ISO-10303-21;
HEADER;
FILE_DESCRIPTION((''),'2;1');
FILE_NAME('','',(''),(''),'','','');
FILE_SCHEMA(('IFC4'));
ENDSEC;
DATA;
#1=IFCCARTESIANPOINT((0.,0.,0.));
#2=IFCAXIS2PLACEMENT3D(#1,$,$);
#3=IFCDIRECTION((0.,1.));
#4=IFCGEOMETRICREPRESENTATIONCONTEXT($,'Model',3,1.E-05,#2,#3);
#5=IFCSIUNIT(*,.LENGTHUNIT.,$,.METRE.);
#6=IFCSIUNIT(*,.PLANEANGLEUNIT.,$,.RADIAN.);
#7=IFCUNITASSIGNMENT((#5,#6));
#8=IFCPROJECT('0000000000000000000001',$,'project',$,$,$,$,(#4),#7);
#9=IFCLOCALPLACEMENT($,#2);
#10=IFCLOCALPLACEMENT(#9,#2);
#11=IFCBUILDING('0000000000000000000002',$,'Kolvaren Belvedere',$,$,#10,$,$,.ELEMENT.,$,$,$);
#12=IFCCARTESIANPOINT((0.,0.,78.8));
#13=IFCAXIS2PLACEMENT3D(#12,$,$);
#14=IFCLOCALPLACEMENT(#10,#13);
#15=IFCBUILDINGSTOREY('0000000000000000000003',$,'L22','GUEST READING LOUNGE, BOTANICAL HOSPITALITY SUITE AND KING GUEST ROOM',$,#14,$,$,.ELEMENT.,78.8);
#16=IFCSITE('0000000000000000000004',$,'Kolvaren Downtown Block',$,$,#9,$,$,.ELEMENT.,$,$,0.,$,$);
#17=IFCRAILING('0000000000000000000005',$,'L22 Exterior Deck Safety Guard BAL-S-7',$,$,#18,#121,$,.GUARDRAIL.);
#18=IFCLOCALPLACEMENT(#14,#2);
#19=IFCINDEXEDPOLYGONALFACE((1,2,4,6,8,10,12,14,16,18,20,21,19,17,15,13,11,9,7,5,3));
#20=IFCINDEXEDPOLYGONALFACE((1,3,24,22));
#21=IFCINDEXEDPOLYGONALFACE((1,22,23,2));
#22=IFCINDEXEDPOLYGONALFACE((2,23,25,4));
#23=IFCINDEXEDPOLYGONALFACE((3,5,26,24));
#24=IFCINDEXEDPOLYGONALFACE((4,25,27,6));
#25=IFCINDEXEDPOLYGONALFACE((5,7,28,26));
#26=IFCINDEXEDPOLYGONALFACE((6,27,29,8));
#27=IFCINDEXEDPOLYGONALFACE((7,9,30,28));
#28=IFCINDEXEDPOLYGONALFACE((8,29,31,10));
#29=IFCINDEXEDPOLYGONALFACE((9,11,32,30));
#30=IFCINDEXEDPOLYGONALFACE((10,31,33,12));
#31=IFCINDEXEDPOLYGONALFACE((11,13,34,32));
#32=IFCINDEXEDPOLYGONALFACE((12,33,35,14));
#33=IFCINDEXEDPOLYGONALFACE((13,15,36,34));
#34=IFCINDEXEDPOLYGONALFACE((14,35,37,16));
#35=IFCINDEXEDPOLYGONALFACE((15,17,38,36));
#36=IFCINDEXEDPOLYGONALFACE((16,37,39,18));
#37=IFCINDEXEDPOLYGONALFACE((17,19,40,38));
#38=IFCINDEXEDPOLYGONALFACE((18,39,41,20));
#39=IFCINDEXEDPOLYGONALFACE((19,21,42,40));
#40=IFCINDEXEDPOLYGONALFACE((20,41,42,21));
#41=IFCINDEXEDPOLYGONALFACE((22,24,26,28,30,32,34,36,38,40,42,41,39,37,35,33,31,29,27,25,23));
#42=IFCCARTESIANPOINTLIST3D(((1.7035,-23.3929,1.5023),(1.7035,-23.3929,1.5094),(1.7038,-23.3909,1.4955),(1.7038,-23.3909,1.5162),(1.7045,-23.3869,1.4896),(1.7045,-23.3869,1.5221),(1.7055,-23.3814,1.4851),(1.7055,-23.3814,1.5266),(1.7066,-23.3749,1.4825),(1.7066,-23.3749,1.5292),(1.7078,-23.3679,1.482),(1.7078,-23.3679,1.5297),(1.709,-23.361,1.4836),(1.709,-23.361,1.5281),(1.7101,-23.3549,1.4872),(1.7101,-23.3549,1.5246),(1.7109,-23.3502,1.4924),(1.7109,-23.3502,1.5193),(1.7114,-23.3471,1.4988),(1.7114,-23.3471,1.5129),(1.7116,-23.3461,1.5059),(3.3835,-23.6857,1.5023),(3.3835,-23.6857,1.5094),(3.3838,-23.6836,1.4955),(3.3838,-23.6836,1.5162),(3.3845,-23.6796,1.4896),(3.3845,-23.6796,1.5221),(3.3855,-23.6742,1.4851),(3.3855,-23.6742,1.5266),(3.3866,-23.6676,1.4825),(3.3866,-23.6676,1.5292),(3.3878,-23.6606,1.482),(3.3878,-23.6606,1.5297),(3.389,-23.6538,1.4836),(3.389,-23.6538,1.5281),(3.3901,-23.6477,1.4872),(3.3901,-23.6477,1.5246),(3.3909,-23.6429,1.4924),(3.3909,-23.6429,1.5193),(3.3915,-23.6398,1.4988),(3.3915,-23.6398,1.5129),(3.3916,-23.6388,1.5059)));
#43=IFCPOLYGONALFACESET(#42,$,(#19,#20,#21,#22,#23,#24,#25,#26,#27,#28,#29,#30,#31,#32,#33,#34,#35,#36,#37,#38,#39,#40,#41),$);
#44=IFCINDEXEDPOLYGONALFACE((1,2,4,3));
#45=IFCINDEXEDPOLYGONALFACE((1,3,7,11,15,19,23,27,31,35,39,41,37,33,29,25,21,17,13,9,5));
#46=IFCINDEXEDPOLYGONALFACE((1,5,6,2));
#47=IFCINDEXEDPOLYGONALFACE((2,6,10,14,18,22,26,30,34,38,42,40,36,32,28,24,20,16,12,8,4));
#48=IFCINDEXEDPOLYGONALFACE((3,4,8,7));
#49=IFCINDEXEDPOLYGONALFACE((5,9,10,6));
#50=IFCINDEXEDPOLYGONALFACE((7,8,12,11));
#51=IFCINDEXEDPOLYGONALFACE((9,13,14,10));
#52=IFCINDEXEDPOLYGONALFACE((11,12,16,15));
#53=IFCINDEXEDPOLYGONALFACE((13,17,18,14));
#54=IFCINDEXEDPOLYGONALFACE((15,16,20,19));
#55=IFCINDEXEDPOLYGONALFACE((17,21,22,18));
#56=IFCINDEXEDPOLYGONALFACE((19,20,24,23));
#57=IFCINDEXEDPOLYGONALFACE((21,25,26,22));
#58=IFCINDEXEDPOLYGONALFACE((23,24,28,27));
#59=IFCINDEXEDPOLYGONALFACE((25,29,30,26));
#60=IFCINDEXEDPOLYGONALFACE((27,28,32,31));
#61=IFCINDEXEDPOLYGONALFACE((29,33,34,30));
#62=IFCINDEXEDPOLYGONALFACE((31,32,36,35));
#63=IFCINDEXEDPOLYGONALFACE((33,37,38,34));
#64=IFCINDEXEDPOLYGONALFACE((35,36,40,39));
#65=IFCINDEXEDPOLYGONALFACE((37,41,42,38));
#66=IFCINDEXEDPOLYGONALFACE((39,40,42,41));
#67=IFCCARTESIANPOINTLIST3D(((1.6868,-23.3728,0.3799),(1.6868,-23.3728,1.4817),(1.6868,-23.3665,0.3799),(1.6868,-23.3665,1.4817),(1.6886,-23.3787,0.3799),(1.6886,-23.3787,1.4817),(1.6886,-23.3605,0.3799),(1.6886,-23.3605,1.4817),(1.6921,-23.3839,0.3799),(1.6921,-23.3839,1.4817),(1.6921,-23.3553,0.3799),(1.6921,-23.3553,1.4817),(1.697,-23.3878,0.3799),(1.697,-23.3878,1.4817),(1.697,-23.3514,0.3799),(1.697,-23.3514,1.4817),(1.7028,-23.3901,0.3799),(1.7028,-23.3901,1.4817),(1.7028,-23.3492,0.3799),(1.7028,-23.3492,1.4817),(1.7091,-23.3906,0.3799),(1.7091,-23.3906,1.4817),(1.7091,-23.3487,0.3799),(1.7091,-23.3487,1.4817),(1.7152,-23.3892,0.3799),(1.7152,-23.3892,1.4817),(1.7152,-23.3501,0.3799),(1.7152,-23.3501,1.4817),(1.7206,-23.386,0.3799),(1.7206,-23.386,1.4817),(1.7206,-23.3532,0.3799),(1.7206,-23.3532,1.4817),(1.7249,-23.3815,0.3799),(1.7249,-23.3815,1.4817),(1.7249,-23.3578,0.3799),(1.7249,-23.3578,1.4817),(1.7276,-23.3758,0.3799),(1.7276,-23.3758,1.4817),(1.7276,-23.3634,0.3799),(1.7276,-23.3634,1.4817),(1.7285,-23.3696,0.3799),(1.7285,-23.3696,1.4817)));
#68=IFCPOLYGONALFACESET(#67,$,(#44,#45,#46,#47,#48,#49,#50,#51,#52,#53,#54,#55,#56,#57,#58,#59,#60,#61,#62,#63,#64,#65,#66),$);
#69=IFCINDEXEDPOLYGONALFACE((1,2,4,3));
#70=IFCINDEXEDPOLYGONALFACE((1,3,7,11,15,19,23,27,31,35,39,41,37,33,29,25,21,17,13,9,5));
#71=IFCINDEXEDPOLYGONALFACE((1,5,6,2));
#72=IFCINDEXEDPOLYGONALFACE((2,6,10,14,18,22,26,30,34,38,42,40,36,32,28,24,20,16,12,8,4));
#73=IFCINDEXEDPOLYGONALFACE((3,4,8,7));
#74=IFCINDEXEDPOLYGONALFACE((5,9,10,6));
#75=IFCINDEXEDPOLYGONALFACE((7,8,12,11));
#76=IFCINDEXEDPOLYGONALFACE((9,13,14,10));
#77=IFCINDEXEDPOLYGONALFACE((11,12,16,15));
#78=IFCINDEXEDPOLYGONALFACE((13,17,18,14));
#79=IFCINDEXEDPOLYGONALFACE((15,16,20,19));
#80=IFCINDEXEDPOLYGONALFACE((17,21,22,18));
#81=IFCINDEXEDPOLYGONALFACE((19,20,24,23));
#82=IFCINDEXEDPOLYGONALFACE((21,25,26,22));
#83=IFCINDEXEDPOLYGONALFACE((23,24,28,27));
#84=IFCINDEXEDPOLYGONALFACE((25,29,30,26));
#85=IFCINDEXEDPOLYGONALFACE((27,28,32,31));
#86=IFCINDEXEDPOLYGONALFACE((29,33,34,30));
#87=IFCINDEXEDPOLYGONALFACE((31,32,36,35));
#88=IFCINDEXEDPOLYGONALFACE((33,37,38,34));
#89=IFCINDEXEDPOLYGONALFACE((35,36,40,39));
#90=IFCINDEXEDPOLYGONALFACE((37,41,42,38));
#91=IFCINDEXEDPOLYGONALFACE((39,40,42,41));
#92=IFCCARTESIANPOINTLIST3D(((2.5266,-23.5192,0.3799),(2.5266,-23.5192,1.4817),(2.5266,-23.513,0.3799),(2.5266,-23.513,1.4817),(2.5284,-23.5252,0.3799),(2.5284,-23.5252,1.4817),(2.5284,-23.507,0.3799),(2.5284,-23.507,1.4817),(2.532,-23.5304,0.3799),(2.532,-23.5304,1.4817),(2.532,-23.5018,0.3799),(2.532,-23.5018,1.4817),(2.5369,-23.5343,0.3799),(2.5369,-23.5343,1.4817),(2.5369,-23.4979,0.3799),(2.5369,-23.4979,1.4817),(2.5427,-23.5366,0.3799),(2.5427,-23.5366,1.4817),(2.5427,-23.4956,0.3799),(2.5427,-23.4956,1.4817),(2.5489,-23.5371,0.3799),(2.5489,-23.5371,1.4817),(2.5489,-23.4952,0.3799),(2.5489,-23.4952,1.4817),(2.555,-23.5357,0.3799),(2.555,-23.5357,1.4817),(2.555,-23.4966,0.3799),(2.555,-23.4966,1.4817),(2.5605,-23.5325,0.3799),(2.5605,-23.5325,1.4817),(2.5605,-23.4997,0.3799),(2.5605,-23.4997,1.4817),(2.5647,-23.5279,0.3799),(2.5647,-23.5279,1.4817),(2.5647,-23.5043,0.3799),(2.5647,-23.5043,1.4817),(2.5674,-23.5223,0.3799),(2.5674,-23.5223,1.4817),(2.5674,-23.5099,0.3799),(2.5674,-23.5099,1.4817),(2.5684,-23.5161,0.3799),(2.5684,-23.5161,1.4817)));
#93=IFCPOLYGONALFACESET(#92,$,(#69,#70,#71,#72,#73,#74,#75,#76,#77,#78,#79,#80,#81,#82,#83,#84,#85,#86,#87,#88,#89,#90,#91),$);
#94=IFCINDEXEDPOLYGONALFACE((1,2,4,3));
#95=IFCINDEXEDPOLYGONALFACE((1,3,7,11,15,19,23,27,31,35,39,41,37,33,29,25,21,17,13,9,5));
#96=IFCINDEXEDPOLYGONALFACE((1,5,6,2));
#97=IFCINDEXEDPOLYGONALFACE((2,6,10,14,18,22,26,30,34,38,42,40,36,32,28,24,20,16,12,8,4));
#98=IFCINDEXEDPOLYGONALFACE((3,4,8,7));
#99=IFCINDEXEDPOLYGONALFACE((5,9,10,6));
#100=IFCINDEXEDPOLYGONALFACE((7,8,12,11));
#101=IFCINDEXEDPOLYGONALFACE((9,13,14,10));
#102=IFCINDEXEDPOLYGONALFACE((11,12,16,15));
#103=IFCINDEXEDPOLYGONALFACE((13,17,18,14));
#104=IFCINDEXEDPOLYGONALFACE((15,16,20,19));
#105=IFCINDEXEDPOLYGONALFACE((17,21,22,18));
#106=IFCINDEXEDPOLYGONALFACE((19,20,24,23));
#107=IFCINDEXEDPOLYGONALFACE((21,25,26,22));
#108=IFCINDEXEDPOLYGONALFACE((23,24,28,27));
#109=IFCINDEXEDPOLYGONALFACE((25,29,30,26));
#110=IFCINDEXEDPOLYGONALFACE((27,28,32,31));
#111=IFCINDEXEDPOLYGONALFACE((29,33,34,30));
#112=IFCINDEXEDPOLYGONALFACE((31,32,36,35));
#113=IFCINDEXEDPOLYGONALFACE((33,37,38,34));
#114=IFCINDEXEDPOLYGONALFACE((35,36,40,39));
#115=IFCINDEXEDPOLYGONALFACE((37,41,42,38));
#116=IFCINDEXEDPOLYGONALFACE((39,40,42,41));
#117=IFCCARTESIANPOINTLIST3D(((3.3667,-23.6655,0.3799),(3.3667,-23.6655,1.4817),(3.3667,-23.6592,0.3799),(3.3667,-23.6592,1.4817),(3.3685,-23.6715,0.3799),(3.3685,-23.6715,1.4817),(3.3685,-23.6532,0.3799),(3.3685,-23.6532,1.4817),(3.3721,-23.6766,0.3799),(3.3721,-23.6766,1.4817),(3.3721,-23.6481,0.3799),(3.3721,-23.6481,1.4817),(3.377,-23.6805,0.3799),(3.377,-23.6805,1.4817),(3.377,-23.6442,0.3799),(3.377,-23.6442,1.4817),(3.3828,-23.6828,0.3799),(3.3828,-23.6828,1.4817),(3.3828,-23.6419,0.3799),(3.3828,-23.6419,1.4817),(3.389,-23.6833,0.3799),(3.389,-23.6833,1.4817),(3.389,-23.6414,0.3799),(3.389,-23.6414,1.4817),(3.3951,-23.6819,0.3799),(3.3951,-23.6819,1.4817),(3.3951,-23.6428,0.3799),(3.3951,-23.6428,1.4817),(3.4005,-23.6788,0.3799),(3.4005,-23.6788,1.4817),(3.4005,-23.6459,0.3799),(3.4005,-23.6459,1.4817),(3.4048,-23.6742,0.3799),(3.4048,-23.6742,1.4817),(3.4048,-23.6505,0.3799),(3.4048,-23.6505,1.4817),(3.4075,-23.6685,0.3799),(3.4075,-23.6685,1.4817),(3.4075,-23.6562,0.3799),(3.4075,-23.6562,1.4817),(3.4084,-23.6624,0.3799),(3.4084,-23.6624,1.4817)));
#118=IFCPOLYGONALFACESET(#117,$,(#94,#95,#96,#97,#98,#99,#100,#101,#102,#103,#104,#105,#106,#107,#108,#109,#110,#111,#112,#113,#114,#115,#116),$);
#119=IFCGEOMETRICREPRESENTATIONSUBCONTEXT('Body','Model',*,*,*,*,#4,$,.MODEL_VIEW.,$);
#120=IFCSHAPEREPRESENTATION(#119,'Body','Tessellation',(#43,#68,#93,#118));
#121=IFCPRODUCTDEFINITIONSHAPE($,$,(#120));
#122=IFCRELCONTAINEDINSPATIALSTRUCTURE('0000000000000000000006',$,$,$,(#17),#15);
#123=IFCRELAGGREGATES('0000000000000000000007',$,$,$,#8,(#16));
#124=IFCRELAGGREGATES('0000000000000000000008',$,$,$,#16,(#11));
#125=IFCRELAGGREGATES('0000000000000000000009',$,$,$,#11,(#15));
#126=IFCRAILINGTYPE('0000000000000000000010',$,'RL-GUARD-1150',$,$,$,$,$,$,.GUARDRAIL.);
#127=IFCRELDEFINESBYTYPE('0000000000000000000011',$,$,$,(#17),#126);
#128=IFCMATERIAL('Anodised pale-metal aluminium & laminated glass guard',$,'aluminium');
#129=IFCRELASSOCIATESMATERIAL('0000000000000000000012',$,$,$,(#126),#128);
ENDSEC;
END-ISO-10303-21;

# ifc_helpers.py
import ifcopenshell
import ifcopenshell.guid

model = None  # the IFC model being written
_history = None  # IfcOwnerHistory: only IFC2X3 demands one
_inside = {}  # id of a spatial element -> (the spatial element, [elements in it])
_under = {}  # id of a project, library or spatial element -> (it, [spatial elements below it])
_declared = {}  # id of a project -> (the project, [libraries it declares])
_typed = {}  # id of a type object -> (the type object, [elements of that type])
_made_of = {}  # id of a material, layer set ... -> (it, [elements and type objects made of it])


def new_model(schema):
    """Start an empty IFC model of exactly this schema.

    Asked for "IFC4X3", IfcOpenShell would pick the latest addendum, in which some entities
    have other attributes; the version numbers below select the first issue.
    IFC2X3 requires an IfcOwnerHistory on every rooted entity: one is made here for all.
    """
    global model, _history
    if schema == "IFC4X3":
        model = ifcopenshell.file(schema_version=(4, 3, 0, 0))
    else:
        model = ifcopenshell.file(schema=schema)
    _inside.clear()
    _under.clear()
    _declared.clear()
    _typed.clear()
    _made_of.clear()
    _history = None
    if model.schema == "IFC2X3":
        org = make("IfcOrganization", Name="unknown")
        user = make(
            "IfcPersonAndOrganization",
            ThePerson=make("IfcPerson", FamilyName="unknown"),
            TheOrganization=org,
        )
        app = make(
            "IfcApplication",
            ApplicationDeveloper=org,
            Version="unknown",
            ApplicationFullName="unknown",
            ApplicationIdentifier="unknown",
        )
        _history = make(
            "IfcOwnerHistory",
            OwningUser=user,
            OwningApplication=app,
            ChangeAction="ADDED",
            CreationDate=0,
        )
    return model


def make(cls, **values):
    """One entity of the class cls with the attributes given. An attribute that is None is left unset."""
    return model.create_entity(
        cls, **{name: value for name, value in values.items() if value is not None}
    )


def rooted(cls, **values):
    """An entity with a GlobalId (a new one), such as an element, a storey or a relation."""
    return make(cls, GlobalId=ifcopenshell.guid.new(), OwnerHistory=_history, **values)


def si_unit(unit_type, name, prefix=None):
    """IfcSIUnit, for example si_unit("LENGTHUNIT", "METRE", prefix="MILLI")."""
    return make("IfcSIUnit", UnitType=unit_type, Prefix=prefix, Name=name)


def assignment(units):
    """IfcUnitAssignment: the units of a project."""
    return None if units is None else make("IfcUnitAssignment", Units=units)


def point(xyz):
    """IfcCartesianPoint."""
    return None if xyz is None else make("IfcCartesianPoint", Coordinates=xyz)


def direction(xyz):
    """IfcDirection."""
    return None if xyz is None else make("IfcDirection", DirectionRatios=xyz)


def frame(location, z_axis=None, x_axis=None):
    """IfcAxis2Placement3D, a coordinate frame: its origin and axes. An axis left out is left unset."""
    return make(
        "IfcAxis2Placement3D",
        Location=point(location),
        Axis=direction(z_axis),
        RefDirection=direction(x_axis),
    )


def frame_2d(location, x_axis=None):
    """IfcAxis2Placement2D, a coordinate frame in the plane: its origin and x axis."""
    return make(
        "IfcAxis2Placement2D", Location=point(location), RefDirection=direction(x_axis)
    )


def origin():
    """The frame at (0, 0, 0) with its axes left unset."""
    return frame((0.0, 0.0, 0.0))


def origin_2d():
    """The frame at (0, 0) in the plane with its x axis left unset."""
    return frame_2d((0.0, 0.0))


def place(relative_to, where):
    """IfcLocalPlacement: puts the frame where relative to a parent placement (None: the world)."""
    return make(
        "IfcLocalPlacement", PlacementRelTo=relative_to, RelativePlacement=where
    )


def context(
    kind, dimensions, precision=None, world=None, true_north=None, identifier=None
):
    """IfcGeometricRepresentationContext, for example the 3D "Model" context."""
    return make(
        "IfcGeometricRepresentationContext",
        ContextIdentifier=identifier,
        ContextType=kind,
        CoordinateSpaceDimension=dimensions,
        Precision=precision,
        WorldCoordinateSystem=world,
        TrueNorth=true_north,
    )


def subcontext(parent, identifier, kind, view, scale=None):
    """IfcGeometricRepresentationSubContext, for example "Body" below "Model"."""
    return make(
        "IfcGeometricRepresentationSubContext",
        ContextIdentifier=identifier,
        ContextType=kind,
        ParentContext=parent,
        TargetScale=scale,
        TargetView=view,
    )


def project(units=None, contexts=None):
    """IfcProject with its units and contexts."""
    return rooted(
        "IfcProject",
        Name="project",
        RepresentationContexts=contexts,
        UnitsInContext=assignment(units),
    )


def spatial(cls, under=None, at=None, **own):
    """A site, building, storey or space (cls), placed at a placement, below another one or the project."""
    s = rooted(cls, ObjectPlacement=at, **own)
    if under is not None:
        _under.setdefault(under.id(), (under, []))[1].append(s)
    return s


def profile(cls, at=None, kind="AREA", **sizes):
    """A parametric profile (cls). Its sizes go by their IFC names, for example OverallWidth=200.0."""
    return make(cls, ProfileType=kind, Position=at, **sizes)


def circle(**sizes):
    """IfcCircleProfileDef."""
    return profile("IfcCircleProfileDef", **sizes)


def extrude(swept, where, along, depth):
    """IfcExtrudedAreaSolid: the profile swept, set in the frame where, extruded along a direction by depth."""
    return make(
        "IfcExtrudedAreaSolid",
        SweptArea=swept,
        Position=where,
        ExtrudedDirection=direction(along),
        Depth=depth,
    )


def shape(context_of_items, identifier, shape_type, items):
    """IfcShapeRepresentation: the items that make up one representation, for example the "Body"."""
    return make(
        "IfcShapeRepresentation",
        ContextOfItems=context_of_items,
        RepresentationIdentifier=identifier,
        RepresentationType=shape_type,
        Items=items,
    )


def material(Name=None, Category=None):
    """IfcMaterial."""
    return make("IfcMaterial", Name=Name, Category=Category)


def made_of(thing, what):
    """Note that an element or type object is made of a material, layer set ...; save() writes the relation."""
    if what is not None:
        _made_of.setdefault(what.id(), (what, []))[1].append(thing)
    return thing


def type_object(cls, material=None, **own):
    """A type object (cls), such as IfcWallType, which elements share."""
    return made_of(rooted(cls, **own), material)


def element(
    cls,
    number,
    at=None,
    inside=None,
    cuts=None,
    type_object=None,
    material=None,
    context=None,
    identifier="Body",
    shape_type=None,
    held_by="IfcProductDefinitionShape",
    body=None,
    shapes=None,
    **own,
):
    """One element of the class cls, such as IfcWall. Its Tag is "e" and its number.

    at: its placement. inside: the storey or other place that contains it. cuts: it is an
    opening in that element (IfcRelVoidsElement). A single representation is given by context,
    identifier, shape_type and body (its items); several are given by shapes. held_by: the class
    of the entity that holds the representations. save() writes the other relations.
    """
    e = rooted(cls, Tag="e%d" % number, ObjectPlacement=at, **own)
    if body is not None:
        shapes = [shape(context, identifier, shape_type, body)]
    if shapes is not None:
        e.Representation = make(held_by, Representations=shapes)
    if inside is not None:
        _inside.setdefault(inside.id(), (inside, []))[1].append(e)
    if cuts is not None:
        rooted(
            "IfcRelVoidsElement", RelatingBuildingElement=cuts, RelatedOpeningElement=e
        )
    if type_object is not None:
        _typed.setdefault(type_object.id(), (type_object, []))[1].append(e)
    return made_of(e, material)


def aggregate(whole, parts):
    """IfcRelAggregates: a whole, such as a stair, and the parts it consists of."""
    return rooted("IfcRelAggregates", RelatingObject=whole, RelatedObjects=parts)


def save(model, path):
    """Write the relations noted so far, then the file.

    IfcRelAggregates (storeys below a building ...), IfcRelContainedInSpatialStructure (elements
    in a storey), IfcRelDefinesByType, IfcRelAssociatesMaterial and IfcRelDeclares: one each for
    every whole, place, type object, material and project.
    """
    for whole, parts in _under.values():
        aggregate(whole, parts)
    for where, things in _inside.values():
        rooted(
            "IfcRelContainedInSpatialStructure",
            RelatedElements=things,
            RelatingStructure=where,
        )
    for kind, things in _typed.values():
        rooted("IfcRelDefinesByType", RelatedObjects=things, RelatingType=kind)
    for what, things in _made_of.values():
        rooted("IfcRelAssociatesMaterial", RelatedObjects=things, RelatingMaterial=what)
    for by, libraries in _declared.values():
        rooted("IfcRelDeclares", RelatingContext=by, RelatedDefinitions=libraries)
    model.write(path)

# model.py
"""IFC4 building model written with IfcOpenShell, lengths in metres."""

from ifc_helpers import new_model, si_unit, direction, frame, origin, origin_2d, place, context, subcontext, project, spatial, circle, extrude, material, type_object, element, save


model = new_model("IFC4")

# Units and contexts
model_context = context("Model", 3, precision=1e-05, world=origin(), true_north=direction((0.0, 1.0)))
body_context = subcontext(model_context, "Body", "Model", "MODEL_VIEW")
ifc_project = project(units=[si_unit("LENGTHUNIT", "METRE"), si_unit("PLANEANGLEUNIT", "RADIAN")], contexts=[model_context])

# Site, building, storey
site_placement = place(None, origin())
site = spatial("IfcSite", under=ifc_project, at=site_placement, Name="Kolvaren Downtown Block", CompositionType="ELEMENT", RefElevation=0.0)
building_placement = place(site_placement, origin())
building = spatial("IfcBuilding", under=site, at=building_placement, Name="Kolvaren Belvedere", CompositionType="ELEMENT")
storey_placement = place(building_placement, frame((0.0, 0.0, 78.8)))
storey = spatial("IfcBuildingStorey", under=building, at=storey_placement, Name="L22", Description="GUEST READING LOUNGE, BOTANICAL HOSPITALITY SUITE AND KING GUEST ROOM", CompositionType="ELEMENT", Elevation=78.8)

# Railing
ifc_material_1 = material(Name="Anodised pale-metal aluminium & laminated glass guard", Category="aluminium")
railing_type = type_object("IfcRailingType", Name="RL-GUARD-1150", PredefinedType="GUARDRAIL", material=ifc_material_1)
railing_1_placement = place(storey_placement, frame((1.7075, -23.3696, 0.3799)))
element("IfcRailing", 1, at=railing_1_placement, inside=storey, type_object=railing_type, Name="L22 Exterior Deck Safety Guard BAL-S-7", PredefinedType="GUARDRAIL", context=body_context, shape_type="SweptSolid", body=[
    extrude(circle(Radius=0.0239, at=origin_2d()), frame((0.0, 0.0, 1.126), z_axis=(0.985156, -0.171661, 0.0), x_axis=(0.171661, 0.985156, 0.0)), (0.0, 0.0, 1.0), 1.7053),
    extrude(circle(Radius=0.021, at=origin_2d()), origin(), (0.0, 0.0, 1.0), 1.1018),
    extrude(circle(Radius=0.021, at=origin_2d()), frame((0.8398, -0.1465, 0.0)), (0.0, 0.0, 1.0), 1.1018),
    extrude(circle(Radius=0.021, at=origin_2d()), frame((1.6799, -0.2927, 0.0)), (0.0, 0.0, 1.0), 1.1018),
])

save(model, "model.ifc")
